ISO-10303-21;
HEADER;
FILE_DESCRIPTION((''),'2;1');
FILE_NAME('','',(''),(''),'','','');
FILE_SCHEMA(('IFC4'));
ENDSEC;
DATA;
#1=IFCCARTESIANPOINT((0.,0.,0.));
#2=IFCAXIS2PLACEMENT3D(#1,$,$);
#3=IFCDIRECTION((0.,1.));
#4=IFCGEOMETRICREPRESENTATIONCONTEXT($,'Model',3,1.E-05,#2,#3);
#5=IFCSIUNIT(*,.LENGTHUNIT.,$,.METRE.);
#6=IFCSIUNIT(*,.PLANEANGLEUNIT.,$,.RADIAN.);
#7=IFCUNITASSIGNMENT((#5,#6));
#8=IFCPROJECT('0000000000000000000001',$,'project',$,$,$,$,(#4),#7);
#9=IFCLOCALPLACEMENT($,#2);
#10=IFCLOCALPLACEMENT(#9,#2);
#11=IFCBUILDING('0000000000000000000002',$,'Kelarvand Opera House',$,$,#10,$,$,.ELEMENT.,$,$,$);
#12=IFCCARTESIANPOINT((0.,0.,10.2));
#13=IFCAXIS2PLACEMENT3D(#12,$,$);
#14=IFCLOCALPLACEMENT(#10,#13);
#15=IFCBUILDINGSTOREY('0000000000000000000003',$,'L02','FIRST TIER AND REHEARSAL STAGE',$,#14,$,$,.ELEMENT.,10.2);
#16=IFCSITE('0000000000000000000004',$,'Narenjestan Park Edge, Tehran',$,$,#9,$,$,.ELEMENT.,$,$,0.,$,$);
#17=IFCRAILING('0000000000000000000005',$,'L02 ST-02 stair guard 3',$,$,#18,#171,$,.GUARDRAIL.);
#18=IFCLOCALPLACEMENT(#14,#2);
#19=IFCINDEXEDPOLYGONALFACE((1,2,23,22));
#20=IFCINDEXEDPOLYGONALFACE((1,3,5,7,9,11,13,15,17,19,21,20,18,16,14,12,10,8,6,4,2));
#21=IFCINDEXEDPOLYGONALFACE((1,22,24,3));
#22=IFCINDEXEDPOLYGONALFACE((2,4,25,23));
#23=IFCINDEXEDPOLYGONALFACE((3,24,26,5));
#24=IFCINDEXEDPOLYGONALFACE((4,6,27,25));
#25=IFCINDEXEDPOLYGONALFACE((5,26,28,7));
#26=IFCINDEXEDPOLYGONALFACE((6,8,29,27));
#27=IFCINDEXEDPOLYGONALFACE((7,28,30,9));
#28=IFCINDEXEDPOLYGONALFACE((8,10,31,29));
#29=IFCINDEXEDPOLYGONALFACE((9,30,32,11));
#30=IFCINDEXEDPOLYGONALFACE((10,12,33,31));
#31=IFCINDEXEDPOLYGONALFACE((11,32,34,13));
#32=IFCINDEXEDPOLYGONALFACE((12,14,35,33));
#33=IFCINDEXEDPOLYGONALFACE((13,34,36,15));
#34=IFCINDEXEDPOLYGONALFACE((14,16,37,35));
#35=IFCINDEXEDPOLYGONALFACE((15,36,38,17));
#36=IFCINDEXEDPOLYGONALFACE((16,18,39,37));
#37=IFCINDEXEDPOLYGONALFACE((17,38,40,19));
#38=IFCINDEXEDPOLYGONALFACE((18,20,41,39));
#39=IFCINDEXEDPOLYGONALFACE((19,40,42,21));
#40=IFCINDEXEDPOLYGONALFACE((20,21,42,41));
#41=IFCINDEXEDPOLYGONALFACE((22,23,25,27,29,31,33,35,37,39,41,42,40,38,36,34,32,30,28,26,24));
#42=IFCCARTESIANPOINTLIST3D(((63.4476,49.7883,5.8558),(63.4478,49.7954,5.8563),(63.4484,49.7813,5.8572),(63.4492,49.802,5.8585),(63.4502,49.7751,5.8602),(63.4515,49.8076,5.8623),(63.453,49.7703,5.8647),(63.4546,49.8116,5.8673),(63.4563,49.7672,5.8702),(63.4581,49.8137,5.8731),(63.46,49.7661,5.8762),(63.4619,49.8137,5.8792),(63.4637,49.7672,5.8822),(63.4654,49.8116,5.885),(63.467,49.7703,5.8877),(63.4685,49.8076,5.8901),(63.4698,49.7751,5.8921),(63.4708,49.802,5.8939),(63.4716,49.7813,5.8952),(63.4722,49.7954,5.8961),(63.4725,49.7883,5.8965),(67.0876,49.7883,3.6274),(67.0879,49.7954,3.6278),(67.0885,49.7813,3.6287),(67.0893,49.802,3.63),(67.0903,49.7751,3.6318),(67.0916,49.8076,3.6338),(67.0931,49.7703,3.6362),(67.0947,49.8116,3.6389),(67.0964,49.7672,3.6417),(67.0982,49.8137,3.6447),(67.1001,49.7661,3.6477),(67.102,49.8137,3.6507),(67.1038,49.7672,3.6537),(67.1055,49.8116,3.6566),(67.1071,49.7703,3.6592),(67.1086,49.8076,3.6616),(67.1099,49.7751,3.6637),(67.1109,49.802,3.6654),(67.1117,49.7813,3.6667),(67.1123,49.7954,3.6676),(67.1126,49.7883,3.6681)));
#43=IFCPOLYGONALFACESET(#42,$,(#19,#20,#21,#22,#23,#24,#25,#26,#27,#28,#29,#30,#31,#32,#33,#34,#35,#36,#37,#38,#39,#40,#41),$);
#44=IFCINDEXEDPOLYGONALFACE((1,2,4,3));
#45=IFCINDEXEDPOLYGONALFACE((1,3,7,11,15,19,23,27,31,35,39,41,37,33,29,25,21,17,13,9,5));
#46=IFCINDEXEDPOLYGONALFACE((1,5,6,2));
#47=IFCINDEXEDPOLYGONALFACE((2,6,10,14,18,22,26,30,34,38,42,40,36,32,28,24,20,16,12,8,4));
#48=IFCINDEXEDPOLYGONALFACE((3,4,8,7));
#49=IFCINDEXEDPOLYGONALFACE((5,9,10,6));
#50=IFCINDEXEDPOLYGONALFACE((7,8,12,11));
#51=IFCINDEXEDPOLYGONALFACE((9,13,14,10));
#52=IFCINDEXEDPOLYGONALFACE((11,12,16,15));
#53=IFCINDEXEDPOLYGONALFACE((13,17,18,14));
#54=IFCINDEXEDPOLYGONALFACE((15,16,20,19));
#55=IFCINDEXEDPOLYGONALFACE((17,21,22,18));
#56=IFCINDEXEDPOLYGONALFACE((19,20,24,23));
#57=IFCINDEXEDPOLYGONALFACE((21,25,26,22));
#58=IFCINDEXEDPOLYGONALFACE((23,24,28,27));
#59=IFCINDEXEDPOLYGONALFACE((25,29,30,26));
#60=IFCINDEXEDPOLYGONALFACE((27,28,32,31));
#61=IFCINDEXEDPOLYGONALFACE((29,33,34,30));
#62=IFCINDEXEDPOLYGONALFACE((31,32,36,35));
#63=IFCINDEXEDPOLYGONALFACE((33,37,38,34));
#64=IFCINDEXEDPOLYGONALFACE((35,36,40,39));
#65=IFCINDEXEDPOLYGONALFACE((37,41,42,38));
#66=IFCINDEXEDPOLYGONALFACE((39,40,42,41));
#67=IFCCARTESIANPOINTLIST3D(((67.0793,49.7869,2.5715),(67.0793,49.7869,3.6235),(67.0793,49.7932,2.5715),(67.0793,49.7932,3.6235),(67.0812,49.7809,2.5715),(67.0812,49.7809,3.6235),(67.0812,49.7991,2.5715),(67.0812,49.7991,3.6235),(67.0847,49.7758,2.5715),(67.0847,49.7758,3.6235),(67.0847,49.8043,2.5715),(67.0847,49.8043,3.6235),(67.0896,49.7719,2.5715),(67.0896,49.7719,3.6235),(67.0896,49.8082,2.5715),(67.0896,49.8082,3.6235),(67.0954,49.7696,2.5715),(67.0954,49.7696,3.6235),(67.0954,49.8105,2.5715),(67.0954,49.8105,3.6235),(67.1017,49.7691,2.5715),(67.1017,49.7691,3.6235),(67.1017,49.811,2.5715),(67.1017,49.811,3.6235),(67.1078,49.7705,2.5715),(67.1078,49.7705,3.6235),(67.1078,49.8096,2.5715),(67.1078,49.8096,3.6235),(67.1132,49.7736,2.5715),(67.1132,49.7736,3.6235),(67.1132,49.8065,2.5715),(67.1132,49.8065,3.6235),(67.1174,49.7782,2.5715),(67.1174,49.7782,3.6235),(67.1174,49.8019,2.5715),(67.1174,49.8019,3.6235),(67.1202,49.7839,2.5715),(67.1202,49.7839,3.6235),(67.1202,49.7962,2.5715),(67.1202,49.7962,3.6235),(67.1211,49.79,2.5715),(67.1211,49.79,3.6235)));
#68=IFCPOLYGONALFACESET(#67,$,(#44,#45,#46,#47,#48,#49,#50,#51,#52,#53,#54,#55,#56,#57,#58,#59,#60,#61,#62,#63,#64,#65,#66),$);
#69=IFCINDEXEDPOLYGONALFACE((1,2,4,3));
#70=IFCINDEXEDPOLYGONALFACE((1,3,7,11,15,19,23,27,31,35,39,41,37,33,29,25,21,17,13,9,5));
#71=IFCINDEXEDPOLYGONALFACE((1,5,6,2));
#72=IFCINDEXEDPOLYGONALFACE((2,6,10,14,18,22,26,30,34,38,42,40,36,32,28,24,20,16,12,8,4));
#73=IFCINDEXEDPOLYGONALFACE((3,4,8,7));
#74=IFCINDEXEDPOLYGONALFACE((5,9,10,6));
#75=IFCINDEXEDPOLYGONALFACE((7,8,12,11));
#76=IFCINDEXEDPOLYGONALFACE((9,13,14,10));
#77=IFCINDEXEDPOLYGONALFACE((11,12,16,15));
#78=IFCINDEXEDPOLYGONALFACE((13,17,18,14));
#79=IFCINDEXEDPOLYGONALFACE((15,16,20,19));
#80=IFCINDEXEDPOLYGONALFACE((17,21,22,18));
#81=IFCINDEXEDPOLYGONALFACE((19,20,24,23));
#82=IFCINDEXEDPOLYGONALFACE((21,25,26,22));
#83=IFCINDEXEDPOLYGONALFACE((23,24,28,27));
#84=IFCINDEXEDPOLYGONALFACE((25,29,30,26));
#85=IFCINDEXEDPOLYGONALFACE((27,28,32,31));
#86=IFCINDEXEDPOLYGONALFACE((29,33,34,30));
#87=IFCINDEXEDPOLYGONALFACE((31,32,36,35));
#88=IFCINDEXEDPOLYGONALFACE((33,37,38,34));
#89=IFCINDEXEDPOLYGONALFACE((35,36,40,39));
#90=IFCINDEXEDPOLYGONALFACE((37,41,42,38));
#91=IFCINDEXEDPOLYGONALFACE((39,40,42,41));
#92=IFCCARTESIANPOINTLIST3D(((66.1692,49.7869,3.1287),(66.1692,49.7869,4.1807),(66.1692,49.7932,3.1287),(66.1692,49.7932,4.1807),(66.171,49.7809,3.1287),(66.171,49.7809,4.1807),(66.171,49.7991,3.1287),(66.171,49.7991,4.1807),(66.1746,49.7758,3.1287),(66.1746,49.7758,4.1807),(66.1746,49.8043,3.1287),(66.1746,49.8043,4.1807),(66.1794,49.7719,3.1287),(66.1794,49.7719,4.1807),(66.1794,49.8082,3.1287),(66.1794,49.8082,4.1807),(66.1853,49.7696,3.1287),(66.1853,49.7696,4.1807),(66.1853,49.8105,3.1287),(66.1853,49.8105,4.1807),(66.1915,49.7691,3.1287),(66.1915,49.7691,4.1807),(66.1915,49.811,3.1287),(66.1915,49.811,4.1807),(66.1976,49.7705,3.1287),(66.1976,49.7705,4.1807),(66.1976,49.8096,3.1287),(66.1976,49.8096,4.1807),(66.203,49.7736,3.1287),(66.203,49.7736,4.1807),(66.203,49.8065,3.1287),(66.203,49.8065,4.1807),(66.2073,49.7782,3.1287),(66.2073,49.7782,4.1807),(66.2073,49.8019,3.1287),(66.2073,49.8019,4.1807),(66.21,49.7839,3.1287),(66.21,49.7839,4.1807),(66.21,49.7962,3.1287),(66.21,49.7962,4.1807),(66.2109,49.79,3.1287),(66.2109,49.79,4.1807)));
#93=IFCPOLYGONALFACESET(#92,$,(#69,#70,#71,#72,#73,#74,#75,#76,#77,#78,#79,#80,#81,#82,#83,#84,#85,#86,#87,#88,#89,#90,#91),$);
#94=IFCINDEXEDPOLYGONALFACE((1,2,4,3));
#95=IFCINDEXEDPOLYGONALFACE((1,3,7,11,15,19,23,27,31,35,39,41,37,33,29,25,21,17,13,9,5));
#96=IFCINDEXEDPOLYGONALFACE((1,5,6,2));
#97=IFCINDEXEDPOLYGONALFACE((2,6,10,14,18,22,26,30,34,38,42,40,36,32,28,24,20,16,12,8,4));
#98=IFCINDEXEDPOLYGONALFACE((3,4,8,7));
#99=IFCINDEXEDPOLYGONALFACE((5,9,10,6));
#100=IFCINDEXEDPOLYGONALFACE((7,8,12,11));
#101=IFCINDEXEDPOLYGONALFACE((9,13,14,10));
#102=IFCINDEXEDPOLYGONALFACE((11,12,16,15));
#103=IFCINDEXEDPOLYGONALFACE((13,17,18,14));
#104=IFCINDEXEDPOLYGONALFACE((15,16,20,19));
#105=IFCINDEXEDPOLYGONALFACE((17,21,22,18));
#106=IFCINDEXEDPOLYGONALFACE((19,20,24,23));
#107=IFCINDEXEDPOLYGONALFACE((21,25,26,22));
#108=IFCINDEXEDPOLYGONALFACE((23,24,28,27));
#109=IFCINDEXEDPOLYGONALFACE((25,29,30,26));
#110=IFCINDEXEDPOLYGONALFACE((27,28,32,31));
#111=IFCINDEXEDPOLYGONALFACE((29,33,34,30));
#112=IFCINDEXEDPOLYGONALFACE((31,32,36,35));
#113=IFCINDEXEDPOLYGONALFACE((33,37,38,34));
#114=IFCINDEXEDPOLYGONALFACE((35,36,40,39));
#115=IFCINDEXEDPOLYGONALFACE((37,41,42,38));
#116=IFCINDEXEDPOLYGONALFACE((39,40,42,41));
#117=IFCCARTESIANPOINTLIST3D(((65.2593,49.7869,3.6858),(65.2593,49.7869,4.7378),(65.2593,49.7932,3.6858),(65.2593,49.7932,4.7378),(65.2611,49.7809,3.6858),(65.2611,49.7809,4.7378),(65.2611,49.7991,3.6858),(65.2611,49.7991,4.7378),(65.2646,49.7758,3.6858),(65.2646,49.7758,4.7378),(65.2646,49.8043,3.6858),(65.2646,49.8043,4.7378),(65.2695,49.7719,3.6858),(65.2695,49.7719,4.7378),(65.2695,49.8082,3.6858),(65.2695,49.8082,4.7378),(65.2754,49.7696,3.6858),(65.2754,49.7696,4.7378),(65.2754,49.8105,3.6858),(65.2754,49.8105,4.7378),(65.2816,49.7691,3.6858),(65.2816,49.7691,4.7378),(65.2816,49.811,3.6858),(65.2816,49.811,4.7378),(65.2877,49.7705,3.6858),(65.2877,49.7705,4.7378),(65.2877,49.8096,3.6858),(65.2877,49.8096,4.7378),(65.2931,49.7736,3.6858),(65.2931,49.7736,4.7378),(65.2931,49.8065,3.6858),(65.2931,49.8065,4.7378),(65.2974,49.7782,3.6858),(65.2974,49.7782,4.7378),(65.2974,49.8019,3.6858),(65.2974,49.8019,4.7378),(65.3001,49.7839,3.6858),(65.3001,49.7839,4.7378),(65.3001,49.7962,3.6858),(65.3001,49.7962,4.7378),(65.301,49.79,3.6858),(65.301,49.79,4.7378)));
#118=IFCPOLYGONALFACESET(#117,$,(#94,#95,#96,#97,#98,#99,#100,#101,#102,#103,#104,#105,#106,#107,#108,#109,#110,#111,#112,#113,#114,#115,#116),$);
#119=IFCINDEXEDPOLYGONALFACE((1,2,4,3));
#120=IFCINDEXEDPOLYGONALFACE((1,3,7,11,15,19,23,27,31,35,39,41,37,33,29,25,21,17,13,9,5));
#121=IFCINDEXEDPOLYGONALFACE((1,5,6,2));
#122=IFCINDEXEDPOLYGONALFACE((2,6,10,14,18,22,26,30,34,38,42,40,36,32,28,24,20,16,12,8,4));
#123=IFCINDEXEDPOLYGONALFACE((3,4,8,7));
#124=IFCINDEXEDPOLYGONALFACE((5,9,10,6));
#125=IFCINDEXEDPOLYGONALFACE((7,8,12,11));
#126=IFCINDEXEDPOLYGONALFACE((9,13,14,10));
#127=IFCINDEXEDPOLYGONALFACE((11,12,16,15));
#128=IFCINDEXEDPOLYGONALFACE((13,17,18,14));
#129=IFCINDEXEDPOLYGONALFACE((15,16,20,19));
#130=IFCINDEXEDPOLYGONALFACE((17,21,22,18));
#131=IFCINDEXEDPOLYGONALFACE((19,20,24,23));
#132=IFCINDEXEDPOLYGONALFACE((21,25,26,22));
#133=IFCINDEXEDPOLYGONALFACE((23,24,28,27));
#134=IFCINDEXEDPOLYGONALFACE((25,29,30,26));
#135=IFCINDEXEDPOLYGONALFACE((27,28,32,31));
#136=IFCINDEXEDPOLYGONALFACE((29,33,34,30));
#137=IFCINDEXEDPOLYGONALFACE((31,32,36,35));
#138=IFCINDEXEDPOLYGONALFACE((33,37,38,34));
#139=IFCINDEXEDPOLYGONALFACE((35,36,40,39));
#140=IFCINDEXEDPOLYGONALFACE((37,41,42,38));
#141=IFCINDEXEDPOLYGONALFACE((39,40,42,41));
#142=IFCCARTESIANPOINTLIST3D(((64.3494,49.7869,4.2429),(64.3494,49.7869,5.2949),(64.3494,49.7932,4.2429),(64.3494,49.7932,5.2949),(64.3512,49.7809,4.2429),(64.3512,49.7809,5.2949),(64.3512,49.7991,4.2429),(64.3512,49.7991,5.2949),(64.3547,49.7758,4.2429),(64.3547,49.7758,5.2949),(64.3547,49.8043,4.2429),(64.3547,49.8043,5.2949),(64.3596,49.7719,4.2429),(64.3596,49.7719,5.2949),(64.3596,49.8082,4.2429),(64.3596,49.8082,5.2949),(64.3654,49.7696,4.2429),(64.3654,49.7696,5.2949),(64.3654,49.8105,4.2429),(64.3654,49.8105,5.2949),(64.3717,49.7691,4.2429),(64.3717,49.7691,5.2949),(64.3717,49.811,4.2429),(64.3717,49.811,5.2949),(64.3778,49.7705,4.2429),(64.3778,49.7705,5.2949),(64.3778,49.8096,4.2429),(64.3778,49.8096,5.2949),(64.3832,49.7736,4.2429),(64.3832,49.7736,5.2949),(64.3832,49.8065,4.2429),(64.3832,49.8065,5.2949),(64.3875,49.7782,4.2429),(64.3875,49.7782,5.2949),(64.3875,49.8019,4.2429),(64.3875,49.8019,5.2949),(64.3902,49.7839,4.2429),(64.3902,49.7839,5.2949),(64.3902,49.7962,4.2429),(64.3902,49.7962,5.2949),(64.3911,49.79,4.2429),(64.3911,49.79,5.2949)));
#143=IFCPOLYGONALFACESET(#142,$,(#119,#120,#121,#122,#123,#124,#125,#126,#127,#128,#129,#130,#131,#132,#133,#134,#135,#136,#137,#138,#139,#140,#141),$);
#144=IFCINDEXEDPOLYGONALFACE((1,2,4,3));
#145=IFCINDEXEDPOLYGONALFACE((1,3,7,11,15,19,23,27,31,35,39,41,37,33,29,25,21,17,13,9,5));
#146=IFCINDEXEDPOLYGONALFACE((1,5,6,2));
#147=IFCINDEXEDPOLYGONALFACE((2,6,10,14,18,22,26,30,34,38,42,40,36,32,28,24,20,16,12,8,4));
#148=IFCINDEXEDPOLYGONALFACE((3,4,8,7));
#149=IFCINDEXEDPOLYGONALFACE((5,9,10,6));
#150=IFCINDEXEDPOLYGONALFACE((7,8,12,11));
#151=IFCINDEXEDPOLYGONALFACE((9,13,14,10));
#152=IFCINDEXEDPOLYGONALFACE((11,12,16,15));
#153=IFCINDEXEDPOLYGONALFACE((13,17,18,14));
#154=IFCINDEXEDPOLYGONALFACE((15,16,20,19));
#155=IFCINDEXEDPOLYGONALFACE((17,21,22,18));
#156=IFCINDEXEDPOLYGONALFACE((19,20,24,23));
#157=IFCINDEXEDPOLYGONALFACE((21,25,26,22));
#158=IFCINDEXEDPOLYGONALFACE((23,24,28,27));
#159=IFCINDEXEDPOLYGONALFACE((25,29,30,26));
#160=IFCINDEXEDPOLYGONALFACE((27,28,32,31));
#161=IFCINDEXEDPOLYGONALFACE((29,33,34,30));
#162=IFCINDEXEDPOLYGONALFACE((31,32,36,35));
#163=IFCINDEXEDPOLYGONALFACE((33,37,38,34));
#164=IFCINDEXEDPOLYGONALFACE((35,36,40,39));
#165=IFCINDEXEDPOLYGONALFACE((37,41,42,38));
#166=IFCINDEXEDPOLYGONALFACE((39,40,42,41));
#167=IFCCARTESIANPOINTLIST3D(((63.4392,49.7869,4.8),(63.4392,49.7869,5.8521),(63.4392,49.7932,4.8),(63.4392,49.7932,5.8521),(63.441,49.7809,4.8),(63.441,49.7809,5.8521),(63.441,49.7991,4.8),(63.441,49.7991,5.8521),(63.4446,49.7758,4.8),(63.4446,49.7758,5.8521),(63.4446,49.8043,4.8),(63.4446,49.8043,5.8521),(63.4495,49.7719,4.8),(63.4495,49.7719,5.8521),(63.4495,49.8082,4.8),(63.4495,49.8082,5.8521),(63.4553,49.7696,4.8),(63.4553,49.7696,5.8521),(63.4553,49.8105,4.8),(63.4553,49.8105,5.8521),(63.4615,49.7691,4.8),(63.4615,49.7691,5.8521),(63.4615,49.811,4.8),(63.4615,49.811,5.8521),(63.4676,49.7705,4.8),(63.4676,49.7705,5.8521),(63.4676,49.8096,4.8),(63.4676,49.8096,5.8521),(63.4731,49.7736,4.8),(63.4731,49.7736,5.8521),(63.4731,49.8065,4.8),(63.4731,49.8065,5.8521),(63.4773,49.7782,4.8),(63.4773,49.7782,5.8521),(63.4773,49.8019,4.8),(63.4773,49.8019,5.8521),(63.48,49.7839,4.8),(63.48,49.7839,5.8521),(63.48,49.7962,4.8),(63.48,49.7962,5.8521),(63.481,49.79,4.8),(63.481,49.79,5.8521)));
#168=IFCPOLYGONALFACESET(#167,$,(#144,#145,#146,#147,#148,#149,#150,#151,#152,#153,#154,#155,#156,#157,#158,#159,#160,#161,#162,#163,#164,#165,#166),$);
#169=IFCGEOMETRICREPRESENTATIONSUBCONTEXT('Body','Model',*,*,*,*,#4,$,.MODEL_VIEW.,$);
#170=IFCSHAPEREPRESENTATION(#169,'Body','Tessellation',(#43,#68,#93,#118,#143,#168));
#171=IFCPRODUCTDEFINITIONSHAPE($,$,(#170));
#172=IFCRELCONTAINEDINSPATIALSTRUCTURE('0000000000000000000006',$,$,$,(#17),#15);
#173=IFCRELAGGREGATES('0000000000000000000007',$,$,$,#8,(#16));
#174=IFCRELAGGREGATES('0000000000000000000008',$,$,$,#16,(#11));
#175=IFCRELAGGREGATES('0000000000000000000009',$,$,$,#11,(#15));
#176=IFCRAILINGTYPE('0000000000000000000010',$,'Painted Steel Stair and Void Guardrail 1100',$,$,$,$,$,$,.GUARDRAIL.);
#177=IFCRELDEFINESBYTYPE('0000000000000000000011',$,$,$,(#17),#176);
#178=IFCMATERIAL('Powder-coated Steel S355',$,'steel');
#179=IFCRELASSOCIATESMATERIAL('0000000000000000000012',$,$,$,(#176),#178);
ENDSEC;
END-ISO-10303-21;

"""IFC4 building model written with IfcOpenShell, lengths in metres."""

from ifc_helpers import new_model, si_unit, direction, frame, origin, origin_2d, place, context, subcontext, project, spatial, circle, extrude, material, type_object, element, save


model = new_model("IFC4")

# Units and contexts
model_context = context("Model", 3, precision=1e-05, world=origin(), true_north=direction((0.0, 1.0)))
body_context = subcontext(model_context, "Body", "Model", "MODEL_VIEW")
ifc_project = project(units=[si_unit("LENGTHUNIT", "METRE"), si_unit("PLANEANGLEUNIT", "RADIAN")], contexts=[model_context])

# Site, building, storey
site_placement = place(None, origin())
site = spatial("IfcSite", under=ifc_project, at=site_placement, Name="Narenjestan Park Edge, Tehran", CompositionType="ELEMENT", RefElevation=0.0)
building_placement = place(site_placement, origin())
building = spatial("IfcBuilding", under=site, at=building_placement, Name="Kelarvand Opera House", CompositionType="ELEMENT")
storey_placement = place(building_placement, frame((0.0, 0.0, 10.2)))
storey = spatial("IfcBuildingStorey", under=building, at=storey_placement, Name="L02", Description="FIRST TIER AND REHEARSAL STAGE", CompositionType="ELEMENT", Elevation=10.2)

# Railing
ifc_material_1 = material(Name="Powder-coated Steel S355", Category="steel")
railing_type_1 = type_object("IfcRailingType", Name="Painted Steel Stair and Void Guardrail 1100", PredefinedType="GUARDRAIL", material=ifc_material_1)
railing_1_placement = place(storey_placement, frame((67.1001, 49.79, 2.5715)))
element("IfcRailing", 1, at=railing_1_placement, inside=storey, type_object=railing_type_1, Name="L02 ST-02 stair guard 3", PredefinedType="GUARDRAIL", context=body_context, shape_type="SweptSolid", body=[
    extrude(circle(Radius=0.0239, at=origin_2d()), frame((0.0, 0.0, 1.0762), z_axis=(-0.852866, 0.0, 0.52213), x_axis=(0.0, -1.0, 0.0)), (0.0, 0.0, 1.0), 4.2681),
    extrude(circle(Radius=0.021, at=origin_2d()), origin(), (0.0, 0.0, 1.0), 1.052),
    extrude(circle(Radius=0.021, at=origin_2d()), frame((-0.9102, 0.0, 0.5571)), (0.0, 0.0, 1.0), 1.052),
    extrude(circle(Radius=0.021, at=origin_2d()), frame((-1.8201, 0.0, 1.1143)), (0.0, 0.0, 1.0), 1.052),
    extrude(circle(Radius=0.021, at=origin_2d()), frame((-2.73, 0.0, 1.6714)), (0.0, 0.0, 1.0), 1.052),
    extrude(circle(Radius=0.021, at=origin_2d()), frame((-3.6401, 0.0, 2.2285)), (0.0, 0.0, 1.0), 1.052),
])

save(model, "model.ifc")
